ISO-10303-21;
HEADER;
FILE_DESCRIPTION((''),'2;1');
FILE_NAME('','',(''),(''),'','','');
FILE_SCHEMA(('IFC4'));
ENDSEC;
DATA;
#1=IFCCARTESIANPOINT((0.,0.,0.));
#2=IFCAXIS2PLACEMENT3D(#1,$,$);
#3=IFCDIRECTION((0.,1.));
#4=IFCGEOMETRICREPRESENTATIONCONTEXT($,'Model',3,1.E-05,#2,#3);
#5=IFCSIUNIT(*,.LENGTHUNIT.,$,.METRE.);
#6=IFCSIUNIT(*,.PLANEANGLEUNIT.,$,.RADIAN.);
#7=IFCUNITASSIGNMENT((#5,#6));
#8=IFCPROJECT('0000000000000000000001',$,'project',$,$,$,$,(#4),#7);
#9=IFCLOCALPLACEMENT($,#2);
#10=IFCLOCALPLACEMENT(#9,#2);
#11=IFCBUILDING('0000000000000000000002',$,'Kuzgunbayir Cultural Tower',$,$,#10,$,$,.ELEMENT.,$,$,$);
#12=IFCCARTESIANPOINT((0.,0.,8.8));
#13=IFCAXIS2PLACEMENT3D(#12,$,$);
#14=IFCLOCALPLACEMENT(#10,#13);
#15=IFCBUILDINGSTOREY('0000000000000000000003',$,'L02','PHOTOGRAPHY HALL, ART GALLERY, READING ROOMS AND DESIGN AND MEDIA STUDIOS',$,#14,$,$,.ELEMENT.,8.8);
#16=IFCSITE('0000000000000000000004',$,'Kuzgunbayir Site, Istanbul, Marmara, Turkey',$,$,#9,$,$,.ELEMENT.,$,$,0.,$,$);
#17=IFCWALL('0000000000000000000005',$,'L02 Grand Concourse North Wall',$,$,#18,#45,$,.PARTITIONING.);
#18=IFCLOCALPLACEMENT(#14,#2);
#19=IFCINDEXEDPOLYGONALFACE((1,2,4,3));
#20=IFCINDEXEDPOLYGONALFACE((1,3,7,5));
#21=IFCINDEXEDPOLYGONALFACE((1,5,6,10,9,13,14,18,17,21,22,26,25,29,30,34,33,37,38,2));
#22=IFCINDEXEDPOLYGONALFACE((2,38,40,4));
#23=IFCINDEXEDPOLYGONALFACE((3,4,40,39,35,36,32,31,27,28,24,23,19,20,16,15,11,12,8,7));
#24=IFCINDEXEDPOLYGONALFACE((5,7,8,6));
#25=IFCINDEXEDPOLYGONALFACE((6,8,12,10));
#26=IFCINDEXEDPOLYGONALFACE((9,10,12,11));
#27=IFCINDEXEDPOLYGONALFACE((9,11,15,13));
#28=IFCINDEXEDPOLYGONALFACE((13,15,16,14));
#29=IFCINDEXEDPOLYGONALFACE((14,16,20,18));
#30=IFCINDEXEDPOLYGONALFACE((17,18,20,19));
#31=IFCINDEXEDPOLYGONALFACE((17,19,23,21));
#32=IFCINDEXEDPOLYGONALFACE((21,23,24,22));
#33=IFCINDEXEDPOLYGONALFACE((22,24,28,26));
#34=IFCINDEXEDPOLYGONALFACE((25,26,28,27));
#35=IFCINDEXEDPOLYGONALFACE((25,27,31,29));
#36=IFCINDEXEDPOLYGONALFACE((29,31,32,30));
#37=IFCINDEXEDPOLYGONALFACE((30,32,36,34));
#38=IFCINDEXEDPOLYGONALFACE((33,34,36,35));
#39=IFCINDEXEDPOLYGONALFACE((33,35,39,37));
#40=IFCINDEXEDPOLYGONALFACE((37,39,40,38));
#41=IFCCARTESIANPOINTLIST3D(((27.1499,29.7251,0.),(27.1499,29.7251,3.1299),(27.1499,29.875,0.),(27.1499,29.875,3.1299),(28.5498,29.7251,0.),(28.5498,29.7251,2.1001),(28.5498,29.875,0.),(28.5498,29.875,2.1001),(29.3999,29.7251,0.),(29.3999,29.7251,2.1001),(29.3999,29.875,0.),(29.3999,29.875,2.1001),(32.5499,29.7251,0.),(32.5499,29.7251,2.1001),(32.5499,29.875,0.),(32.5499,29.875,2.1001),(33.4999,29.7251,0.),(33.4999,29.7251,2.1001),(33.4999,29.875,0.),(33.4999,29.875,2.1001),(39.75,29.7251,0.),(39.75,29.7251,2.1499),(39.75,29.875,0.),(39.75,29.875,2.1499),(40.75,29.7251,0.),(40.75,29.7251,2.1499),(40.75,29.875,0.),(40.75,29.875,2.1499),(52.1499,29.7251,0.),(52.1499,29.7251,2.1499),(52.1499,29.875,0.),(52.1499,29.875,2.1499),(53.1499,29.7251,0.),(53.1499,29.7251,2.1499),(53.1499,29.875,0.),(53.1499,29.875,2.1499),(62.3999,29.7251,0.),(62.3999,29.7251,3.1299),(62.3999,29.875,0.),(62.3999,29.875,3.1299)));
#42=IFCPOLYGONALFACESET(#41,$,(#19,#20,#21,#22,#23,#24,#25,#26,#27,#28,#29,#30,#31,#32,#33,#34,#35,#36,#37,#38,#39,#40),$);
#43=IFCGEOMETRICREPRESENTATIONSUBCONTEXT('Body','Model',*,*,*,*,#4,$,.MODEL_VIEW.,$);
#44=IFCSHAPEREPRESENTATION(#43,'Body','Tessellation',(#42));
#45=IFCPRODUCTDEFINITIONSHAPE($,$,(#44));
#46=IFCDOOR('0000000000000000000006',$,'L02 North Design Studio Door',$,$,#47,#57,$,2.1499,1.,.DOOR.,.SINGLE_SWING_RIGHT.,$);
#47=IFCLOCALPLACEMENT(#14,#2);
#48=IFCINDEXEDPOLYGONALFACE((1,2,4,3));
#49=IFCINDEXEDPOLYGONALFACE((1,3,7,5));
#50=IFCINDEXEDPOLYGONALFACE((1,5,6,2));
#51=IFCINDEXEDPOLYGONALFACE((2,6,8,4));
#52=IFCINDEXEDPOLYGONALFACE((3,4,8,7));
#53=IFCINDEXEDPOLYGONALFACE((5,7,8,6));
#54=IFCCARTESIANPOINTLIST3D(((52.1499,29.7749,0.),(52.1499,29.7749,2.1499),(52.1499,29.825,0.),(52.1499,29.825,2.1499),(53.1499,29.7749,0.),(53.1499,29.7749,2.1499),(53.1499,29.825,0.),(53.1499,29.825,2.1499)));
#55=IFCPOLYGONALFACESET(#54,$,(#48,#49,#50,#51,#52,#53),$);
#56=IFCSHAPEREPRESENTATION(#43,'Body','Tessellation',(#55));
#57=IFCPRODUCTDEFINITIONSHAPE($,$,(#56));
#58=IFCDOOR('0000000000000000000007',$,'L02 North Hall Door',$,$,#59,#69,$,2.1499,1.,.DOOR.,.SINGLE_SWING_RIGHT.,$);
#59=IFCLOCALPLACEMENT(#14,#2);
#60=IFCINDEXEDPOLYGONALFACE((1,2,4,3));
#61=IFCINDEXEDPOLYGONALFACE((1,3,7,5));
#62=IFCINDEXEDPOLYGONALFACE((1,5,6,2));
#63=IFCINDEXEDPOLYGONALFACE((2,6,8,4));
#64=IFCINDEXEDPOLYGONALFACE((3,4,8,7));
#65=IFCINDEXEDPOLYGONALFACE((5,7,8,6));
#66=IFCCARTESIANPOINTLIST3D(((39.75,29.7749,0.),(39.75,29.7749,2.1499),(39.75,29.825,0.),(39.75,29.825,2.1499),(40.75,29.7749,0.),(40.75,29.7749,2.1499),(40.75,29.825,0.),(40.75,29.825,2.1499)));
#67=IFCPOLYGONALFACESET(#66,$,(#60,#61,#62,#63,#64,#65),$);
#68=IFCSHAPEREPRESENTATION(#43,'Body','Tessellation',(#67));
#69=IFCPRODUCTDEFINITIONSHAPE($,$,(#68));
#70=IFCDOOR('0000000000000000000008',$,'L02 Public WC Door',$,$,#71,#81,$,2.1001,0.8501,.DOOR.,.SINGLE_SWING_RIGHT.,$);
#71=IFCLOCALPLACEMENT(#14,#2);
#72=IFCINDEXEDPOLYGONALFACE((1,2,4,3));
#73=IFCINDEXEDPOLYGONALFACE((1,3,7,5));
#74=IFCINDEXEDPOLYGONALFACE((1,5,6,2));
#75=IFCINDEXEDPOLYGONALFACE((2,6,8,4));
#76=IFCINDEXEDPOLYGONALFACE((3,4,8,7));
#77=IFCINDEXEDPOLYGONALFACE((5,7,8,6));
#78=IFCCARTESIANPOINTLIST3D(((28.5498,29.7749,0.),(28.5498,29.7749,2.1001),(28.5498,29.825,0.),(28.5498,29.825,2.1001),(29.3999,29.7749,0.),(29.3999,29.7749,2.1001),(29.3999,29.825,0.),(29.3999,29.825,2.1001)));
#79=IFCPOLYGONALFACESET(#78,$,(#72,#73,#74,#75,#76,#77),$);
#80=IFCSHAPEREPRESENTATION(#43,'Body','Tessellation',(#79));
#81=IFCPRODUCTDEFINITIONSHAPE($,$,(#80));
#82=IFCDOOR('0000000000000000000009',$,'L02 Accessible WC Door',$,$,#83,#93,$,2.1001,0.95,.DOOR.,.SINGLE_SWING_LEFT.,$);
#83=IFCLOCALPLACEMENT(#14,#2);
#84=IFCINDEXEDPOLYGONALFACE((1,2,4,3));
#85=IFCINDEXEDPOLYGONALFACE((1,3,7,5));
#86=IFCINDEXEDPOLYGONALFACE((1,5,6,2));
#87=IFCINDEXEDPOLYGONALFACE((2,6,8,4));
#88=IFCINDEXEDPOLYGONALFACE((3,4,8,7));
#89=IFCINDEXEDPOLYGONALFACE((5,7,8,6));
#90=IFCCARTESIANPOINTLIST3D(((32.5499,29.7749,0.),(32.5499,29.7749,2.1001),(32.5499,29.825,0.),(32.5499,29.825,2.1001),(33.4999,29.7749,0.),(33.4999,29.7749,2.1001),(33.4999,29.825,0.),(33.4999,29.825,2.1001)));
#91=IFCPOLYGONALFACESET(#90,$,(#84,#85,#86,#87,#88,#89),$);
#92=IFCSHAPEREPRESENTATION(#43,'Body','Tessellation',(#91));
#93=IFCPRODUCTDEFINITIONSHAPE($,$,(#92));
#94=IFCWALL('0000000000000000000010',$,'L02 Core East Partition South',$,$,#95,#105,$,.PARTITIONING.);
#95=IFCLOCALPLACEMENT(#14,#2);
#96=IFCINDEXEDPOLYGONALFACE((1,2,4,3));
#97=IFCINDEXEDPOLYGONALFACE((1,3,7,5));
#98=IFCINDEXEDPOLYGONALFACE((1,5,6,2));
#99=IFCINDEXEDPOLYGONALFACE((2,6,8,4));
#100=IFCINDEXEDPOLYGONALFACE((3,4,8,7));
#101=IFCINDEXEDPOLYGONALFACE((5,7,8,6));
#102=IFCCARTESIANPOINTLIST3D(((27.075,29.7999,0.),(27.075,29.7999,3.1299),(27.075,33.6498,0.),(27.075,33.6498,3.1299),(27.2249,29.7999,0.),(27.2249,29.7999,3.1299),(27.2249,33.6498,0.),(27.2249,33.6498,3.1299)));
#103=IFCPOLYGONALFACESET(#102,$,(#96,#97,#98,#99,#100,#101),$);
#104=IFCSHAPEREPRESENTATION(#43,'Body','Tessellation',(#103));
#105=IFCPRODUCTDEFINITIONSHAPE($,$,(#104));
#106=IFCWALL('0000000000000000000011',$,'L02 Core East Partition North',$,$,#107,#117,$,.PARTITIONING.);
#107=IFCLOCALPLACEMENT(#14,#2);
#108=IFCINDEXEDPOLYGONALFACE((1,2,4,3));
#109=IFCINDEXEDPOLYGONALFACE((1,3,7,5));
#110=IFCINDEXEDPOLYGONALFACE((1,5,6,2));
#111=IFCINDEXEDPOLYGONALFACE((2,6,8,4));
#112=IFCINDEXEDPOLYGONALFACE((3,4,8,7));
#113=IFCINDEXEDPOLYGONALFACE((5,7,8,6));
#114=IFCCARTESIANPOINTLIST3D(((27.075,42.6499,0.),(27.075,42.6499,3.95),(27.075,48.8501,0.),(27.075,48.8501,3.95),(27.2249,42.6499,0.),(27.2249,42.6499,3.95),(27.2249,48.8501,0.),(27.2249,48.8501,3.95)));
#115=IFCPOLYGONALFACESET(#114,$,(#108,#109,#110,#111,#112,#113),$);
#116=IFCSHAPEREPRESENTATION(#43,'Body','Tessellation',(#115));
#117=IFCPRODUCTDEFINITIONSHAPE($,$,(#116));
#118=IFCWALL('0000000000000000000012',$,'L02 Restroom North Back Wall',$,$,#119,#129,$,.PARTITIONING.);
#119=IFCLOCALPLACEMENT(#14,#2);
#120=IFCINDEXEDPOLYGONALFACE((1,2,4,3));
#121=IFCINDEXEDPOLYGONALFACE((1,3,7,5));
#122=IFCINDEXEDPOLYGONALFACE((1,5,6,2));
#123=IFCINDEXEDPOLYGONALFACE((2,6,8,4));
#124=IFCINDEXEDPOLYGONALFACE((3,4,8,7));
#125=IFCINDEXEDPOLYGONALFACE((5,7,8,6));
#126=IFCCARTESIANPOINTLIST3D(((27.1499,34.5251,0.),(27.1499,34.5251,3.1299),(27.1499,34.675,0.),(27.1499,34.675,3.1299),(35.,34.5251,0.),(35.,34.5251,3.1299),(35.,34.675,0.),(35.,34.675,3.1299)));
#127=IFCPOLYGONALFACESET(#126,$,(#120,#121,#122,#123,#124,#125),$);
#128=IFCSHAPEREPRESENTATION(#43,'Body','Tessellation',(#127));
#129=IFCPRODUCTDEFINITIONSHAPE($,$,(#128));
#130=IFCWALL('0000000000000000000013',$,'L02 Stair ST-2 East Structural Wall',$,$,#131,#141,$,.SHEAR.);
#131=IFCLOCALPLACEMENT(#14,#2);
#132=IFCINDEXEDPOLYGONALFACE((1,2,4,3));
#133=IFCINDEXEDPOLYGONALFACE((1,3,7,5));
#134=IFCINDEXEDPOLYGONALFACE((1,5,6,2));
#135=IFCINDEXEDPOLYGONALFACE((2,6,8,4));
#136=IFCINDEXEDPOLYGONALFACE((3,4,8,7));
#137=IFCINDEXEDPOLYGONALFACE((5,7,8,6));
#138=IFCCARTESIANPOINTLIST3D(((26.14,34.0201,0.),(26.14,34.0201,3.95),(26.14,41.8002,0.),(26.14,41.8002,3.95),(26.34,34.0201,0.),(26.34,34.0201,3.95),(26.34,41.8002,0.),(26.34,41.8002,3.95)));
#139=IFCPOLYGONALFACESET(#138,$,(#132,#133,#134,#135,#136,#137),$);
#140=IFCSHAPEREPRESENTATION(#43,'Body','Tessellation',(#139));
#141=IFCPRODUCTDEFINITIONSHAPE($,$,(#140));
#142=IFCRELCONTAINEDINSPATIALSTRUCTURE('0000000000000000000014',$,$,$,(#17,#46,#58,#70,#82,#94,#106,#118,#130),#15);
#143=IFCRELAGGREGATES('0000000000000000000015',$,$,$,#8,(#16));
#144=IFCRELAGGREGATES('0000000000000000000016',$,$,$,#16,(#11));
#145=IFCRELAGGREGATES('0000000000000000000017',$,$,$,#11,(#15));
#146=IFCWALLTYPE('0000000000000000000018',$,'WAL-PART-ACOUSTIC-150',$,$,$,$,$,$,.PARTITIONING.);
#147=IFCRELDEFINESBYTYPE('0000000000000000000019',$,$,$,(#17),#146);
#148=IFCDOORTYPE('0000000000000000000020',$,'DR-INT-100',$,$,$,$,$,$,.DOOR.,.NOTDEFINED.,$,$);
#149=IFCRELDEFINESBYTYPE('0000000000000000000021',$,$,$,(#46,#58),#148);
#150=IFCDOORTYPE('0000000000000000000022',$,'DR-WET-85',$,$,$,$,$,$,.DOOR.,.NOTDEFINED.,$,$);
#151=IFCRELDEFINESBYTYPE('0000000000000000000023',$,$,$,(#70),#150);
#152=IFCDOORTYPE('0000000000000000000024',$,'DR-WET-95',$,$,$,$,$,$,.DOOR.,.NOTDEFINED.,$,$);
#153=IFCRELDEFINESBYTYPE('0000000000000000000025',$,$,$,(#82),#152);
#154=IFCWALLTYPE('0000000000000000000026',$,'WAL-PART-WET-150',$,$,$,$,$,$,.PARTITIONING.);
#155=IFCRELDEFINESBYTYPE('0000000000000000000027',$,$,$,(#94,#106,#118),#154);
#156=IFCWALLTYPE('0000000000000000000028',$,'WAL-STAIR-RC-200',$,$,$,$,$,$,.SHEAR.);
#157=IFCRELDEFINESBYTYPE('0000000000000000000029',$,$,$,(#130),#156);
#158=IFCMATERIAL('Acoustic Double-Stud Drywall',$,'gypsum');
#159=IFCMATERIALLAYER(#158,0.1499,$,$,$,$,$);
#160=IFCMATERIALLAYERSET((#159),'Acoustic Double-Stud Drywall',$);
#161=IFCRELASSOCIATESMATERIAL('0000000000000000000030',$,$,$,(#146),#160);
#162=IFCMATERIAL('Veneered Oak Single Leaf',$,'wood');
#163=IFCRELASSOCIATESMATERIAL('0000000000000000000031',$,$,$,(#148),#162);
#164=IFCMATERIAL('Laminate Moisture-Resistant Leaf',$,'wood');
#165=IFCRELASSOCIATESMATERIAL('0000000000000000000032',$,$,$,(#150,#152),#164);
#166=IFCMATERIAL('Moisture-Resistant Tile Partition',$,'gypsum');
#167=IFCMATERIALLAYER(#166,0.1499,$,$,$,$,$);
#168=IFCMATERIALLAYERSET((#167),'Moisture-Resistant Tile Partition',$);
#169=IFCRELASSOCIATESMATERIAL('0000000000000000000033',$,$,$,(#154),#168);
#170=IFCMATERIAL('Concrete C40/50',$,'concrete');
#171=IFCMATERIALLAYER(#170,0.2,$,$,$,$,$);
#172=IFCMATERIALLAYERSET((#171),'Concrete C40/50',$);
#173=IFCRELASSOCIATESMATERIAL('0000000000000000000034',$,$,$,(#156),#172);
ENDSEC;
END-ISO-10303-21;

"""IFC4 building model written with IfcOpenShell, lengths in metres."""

from ifc_helpers import new_model, si_unit, direction, frame, frame_2d, origin, place, context, subcontext, project, spatial, rectangle, extrude, material, layer, layer_set, type_object, element, fill, save


model = new_model("IFC4")

# Units and contexts
model_context = context("Model", 3, precision=1e-05, world=origin(), true_north=direction((0.0, 1.0)))
body_context = subcontext(model_context, "Body", "Model", "MODEL_VIEW")
ifc_project = project(units=[si_unit("LENGTHUNIT", "METRE"), si_unit("PLANEANGLEUNIT", "RADIAN")], contexts=[model_context])

# Site, building, storey
site_placement = place(None, origin())
site = spatial("IfcSite", under=ifc_project, at=site_placement, Name="Kuzgunbayir Site, Istanbul, Marmara, Turkey", CompositionType="ELEMENT", RefElevation=0.0)
building_placement = place(site_placement, origin())
building = spatial("IfcBuilding", under=site, at=building_placement, Name="Kuzgunbayir Cultural Tower", CompositionType="ELEMENT")
storey_placement = place(building_placement, frame((0.0, 0.0, 8.8)))
storey = spatial("IfcBuildingStorey", under=building, at=storey_placement, Name="L02", Description="PHOTOGRAPHY HALL, ART GALLERY, READING ROOMS AND DESIGN AND MEDIA STUDIOS", CompositionType="ELEMENT", Elevation=8.8)

# Wall, openings, doors
ifc_material_1 = material(Name="Acoustic Double-Stud Drywall", Category="gypsum")
ifc_layer_1 = layer(ifc_material_1, 0.1499)
ifc_layer_set_1 = layer_set([ifc_layer_1], Name="Acoustic Double-Stud Drywall")
wall_type_1 = type_object("IfcWallType", Name="WAL-PART-ACOUSTIC-150", PredefinedType="PARTITIONING", material=ifc_layer_set_1)
wall_1_placement = place(storey_placement, frame((27.1499, 29.8, 0.0), z_axis=(0.0, 0.0, 1.0), x_axis=(1.0, 0.0, 0.0)))
wall_1 = element("IfcWall", 1, at=wall_1_placement, inside=storey, type_object=wall_type_1, Name="L02 Grand Concourse North Wall", PredefinedType="PARTITIONING", context=body_context, shape_type="SweptSolid", body=[
    extrude(rectangle(XDim=35.25, YDim=0.1499, at=frame_2d((17.625, 0.0))), origin(), (0.0, 0.0, 1.0), 3.1299),
])
opening_1_placement = place(wall_1_placement, frame((25.0, 0.0, 0.0)))
opening_1 = element("IfcOpeningElement", 2, at=opening_1_placement, cuts=wall_1, PredefinedType="OPENING", context=body_context, shape_type="SweptSolid", body=[
    extrude(rectangle(XDim=1.0, YDim=2.1499, at=frame_2d((0.5, 1.075))), frame((0.0, 0.085, 0.0), z_axis=(0.0, -1.0, 0.0), x_axis=(1.0, 0.0, 0.0)), (0.0, 0.0, 1.0), 0.1699),
])
opening_2_placement = place(wall_1_placement, frame((1.3999, 0.0, 0.0)))
opening_2 = element("IfcOpeningElement", 3, at=opening_2_placement, cuts=wall_1, PredefinedType="OPENING", context=body_context, shape_type="SweptSolid", body=[
    extrude(rectangle(XDim=0.8501, YDim=2.1001, at=frame_2d((0.425, 1.05))), frame((0.0, 0.085, 0.0), z_axis=(0.0, -1.0, 0.0), x_axis=(1.0, 0.0, 0.0)), (0.0, 0.0, 1.0), 0.1699),
])
opening_3_placement = place(wall_1_placement, frame((5.3999, 0.0, 0.0)))
opening_3 = element("IfcOpeningElement", 4, at=opening_3_placement, cuts=wall_1, PredefinedType="OPENING", context=body_context, shape_type="SweptSolid", body=[
    extrude(rectangle(XDim=0.95, YDim=2.1001, at=frame_2d((0.4751, 1.05))), frame((0.0, 0.085, 0.0), z_axis=(0.0, -1.0, 0.0), x_axis=(1.0, 0.0, 0.0)), (0.0, 0.0, 1.0), 0.1699),
])
opening_4_placement = place(wall_1_placement, frame((12.6001, 0.0, 0.0)))
opening_4 = element("IfcOpeningElement", 5, at=opening_4_placement, cuts=wall_1, PredefinedType="OPENING", context=body_context, shape_type="SweptSolid", body=[
    extrude(rectangle(XDim=1.0, YDim=2.1499, at=frame_2d((0.5, 1.075))), frame((0.0, 0.085, 0.0), z_axis=(0.0, -1.0, 0.0), x_axis=(1.0, 0.0, 0.0)), (0.0, 0.0, 1.0), 0.1699),
])
ifc_material_2 = material(Name="Veneered Oak Single Leaf", Category="wood")
door_type_1 = type_object("IfcDoorType", Name="DR-INT-100", OperationType="NOTDEFINED", PredefinedType="DOOR", material=ifc_material_2)
door_1_placement = place(opening_1_placement, origin())
door_1 = element("IfcDoor", 6, at=door_1_placement, inside=storey, type_object=door_type_1, Name="L02 North Design Studio Door", OperationType="SINGLE_SWING_RIGHT", OverallHeight=2.1499, OverallWidth=1.0, PredefinedType="DOOR", context=body_context, shape_type="SweptSolid", body=[
    extrude(rectangle(XDim=1.0, YDim=2.1499, at=frame_2d((0.5, 1.075))), frame((0.0, 0.0249, 0.0), z_axis=(0.0, -1.0, 0.0), x_axis=(1.0, 0.0, 0.0)), (0.0, 0.0, 1.0), 0.05),
])
fill(opening_1, door_1)
door_2_placement = place(opening_4_placement, origin())
door_2 = element("IfcDoor", 7, at=door_2_placement, inside=storey, type_object=door_type_1, Name="L02 North Hall Door", OperationType="SINGLE_SWING_RIGHT", OverallHeight=2.1499, OverallWidth=1.0, PredefinedType="DOOR", context=body_context, shape_type="SweptSolid", body=[
    extrude(rectangle(XDim=1.0, YDim=2.1499, at=frame_2d((0.5, 1.075))), frame((0.0, 0.0249, 0.0), z_axis=(0.0, -1.0, 0.0), x_axis=(1.0, 0.0, 0.0)), (0.0, 0.0, 1.0), 0.05),
])
fill(opening_4, door_2)
ifc_material_3 = material(Name="Laminate Moisture-Resistant Leaf", Category="wood")
door_type_2 = type_object("IfcDoorType", Name="DR-WET-85", OperationType="NOTDEFINED", PredefinedType="DOOR", material=ifc_material_3)
door_3_placement = place(opening_2_placement, origin())
door_3 = element("IfcDoor", 8, at=door_3_placement, inside=storey, type_object=door_type_2, Name="L02 Public WC Door", OperationType="SINGLE_SWING_RIGHT", OverallHeight=2.1001, OverallWidth=0.8501, PredefinedType="DOOR", context=body_context, shape_type="SweptSolid", body=[
    extrude(rectangle(XDim=0.8501, YDim=2.1001, at=frame_2d((0.425, 1.05))), frame((0.0, 0.0249, 0.0), z_axis=(0.0, -1.0, 0.0), x_axis=(1.0, 0.0, 0.0)), (0.0, 0.0, 1.0), 0.05),
])
fill(opening_2, door_3)
door_type_3 = type_object("IfcDoorType", Name="DR-WET-95", OperationType="NOTDEFINED", PredefinedType="DOOR", material=ifc_material_3)
door_4_placement = place(opening_3_placement, origin())
door_4 = element("IfcDoor", 9, at=door_4_placement, inside=storey, type_object=door_type_3, Name="L02 Accessible WC Door", OperationType="SINGLE_SWING_LEFT", OverallHeight=2.1001, OverallWidth=0.95, PredefinedType="DOOR", context=body_context, shape_type="SweptSolid", body=[
    extrude(rectangle(XDim=0.95, YDim=2.1001, at=frame_2d((0.4751, 1.05))), frame((0.0, 0.0249, 0.0), z_axis=(0.0, -1.0, 0.0), x_axis=(1.0, 0.0, 0.0)), (0.0, 0.0, 1.0), 0.05),
])
fill(opening_3, door_4)

# Walls
ifc_material_4 = material(Name="Moisture-Resistant Tile Partition", Category="gypsum")
ifc_layer_2 = layer(ifc_material_4, 0.1499)
ifc_layer_set_2 = layer_set([ifc_layer_2], Name="Moisture-Resistant Tile Partition")
wall_type_2 = type_object("IfcWallType", Name="WAL-PART-WET-150", PredefinedType="PARTITIONING", material=ifc_layer_set_2)
wall_2_placement = place(storey_placement, frame((27.1499, 29.8, 0.0), z_axis=(0.0, 0.0, 1.0), x_axis=(0.0, 1.0, 0.0)))
element("IfcWall", 10, at=wall_2_placement, inside=storey, type_object=wall_type_2, Name="L02 Core East Partition South", PredefinedType="PARTITIONING", context=body_context, shape_type="SweptSolid", body=[
    extrude(rectangle(XDim=3.8499, YDim=0.1499, at=frame_2d((1.9248, 0.0))), origin(), (0.0, 0.0, 1.0), 3.1299),
])
wall_3_placement = place(storey_placement, frame((27.1499, 42.6499, 0.0), z_axis=(0.0, 0.0, 1.0), x_axis=(0.0, 1.0, 0.0)))
element("IfcWall", 11, at=wall_3_placement, inside=storey, type_object=wall_type_2, Name="L02 Core East Partition North", PredefinedType="PARTITIONING", context=body_context, shape_type="SweptSolid", body=[
    extrude(rectangle(XDim=6.2002, YDim=0.1499, at=frame_2d((3.1001, 0.0))), origin(), (0.0, 0.0, 1.0), 3.95),
])
wall_4_placement = place(storey_placement, frame((27.1499, 34.6001, 0.0), z_axis=(0.0, 0.0, 1.0), x_axis=(1.0, 0.0, 0.0)))
element("IfcWall", 12, at=wall_4_placement, inside=storey, type_object=wall_type_2, Name="L02 Restroom North Back Wall", PredefinedType="PARTITIONING", context=body_context, shape_type="SweptSolid", body=[
    extrude(rectangle(XDim=7.8501, YDim=0.1499, at=frame_2d((3.925, 0.0))), origin(), (0.0, 0.0, 1.0), 3.1299),
])
ifc_material_5 = material(Name="Concrete C40/50", Category="concrete")
ifc_layer_3 = layer(ifc_material_5, 0.2)
ifc_layer_set_3 = layer_set([ifc_layer_3], Name="Concrete C40/50")
wall_type_3 = type_object("IfcWallType", Name="WAL-STAIR-RC-200", PredefinedType="SHEAR", material=ifc_layer_set_3)
wall_5_placement = place(storey_placement, frame((26.24, 34.02, 0.0), z_axis=(0.0, 0.0, 1.0), x_axis=(0.0, 1.0, 0.0)))
element("IfcWall", 13, at=wall_5_placement, inside=storey, type_object=wall_type_3, Name="L02 Stair ST-2 East Structural Wall", PredefinedType="SHEAR", context=body_context, shape_type="SweptSolid", body=[
    extrude(rectangle(XDim=7.78, YDim=0.2, at=frame_2d((3.8901, 0.0))), origin(), (0.0, 0.0, 1.0), 3.95),
])

save(model, "model.ifc")
